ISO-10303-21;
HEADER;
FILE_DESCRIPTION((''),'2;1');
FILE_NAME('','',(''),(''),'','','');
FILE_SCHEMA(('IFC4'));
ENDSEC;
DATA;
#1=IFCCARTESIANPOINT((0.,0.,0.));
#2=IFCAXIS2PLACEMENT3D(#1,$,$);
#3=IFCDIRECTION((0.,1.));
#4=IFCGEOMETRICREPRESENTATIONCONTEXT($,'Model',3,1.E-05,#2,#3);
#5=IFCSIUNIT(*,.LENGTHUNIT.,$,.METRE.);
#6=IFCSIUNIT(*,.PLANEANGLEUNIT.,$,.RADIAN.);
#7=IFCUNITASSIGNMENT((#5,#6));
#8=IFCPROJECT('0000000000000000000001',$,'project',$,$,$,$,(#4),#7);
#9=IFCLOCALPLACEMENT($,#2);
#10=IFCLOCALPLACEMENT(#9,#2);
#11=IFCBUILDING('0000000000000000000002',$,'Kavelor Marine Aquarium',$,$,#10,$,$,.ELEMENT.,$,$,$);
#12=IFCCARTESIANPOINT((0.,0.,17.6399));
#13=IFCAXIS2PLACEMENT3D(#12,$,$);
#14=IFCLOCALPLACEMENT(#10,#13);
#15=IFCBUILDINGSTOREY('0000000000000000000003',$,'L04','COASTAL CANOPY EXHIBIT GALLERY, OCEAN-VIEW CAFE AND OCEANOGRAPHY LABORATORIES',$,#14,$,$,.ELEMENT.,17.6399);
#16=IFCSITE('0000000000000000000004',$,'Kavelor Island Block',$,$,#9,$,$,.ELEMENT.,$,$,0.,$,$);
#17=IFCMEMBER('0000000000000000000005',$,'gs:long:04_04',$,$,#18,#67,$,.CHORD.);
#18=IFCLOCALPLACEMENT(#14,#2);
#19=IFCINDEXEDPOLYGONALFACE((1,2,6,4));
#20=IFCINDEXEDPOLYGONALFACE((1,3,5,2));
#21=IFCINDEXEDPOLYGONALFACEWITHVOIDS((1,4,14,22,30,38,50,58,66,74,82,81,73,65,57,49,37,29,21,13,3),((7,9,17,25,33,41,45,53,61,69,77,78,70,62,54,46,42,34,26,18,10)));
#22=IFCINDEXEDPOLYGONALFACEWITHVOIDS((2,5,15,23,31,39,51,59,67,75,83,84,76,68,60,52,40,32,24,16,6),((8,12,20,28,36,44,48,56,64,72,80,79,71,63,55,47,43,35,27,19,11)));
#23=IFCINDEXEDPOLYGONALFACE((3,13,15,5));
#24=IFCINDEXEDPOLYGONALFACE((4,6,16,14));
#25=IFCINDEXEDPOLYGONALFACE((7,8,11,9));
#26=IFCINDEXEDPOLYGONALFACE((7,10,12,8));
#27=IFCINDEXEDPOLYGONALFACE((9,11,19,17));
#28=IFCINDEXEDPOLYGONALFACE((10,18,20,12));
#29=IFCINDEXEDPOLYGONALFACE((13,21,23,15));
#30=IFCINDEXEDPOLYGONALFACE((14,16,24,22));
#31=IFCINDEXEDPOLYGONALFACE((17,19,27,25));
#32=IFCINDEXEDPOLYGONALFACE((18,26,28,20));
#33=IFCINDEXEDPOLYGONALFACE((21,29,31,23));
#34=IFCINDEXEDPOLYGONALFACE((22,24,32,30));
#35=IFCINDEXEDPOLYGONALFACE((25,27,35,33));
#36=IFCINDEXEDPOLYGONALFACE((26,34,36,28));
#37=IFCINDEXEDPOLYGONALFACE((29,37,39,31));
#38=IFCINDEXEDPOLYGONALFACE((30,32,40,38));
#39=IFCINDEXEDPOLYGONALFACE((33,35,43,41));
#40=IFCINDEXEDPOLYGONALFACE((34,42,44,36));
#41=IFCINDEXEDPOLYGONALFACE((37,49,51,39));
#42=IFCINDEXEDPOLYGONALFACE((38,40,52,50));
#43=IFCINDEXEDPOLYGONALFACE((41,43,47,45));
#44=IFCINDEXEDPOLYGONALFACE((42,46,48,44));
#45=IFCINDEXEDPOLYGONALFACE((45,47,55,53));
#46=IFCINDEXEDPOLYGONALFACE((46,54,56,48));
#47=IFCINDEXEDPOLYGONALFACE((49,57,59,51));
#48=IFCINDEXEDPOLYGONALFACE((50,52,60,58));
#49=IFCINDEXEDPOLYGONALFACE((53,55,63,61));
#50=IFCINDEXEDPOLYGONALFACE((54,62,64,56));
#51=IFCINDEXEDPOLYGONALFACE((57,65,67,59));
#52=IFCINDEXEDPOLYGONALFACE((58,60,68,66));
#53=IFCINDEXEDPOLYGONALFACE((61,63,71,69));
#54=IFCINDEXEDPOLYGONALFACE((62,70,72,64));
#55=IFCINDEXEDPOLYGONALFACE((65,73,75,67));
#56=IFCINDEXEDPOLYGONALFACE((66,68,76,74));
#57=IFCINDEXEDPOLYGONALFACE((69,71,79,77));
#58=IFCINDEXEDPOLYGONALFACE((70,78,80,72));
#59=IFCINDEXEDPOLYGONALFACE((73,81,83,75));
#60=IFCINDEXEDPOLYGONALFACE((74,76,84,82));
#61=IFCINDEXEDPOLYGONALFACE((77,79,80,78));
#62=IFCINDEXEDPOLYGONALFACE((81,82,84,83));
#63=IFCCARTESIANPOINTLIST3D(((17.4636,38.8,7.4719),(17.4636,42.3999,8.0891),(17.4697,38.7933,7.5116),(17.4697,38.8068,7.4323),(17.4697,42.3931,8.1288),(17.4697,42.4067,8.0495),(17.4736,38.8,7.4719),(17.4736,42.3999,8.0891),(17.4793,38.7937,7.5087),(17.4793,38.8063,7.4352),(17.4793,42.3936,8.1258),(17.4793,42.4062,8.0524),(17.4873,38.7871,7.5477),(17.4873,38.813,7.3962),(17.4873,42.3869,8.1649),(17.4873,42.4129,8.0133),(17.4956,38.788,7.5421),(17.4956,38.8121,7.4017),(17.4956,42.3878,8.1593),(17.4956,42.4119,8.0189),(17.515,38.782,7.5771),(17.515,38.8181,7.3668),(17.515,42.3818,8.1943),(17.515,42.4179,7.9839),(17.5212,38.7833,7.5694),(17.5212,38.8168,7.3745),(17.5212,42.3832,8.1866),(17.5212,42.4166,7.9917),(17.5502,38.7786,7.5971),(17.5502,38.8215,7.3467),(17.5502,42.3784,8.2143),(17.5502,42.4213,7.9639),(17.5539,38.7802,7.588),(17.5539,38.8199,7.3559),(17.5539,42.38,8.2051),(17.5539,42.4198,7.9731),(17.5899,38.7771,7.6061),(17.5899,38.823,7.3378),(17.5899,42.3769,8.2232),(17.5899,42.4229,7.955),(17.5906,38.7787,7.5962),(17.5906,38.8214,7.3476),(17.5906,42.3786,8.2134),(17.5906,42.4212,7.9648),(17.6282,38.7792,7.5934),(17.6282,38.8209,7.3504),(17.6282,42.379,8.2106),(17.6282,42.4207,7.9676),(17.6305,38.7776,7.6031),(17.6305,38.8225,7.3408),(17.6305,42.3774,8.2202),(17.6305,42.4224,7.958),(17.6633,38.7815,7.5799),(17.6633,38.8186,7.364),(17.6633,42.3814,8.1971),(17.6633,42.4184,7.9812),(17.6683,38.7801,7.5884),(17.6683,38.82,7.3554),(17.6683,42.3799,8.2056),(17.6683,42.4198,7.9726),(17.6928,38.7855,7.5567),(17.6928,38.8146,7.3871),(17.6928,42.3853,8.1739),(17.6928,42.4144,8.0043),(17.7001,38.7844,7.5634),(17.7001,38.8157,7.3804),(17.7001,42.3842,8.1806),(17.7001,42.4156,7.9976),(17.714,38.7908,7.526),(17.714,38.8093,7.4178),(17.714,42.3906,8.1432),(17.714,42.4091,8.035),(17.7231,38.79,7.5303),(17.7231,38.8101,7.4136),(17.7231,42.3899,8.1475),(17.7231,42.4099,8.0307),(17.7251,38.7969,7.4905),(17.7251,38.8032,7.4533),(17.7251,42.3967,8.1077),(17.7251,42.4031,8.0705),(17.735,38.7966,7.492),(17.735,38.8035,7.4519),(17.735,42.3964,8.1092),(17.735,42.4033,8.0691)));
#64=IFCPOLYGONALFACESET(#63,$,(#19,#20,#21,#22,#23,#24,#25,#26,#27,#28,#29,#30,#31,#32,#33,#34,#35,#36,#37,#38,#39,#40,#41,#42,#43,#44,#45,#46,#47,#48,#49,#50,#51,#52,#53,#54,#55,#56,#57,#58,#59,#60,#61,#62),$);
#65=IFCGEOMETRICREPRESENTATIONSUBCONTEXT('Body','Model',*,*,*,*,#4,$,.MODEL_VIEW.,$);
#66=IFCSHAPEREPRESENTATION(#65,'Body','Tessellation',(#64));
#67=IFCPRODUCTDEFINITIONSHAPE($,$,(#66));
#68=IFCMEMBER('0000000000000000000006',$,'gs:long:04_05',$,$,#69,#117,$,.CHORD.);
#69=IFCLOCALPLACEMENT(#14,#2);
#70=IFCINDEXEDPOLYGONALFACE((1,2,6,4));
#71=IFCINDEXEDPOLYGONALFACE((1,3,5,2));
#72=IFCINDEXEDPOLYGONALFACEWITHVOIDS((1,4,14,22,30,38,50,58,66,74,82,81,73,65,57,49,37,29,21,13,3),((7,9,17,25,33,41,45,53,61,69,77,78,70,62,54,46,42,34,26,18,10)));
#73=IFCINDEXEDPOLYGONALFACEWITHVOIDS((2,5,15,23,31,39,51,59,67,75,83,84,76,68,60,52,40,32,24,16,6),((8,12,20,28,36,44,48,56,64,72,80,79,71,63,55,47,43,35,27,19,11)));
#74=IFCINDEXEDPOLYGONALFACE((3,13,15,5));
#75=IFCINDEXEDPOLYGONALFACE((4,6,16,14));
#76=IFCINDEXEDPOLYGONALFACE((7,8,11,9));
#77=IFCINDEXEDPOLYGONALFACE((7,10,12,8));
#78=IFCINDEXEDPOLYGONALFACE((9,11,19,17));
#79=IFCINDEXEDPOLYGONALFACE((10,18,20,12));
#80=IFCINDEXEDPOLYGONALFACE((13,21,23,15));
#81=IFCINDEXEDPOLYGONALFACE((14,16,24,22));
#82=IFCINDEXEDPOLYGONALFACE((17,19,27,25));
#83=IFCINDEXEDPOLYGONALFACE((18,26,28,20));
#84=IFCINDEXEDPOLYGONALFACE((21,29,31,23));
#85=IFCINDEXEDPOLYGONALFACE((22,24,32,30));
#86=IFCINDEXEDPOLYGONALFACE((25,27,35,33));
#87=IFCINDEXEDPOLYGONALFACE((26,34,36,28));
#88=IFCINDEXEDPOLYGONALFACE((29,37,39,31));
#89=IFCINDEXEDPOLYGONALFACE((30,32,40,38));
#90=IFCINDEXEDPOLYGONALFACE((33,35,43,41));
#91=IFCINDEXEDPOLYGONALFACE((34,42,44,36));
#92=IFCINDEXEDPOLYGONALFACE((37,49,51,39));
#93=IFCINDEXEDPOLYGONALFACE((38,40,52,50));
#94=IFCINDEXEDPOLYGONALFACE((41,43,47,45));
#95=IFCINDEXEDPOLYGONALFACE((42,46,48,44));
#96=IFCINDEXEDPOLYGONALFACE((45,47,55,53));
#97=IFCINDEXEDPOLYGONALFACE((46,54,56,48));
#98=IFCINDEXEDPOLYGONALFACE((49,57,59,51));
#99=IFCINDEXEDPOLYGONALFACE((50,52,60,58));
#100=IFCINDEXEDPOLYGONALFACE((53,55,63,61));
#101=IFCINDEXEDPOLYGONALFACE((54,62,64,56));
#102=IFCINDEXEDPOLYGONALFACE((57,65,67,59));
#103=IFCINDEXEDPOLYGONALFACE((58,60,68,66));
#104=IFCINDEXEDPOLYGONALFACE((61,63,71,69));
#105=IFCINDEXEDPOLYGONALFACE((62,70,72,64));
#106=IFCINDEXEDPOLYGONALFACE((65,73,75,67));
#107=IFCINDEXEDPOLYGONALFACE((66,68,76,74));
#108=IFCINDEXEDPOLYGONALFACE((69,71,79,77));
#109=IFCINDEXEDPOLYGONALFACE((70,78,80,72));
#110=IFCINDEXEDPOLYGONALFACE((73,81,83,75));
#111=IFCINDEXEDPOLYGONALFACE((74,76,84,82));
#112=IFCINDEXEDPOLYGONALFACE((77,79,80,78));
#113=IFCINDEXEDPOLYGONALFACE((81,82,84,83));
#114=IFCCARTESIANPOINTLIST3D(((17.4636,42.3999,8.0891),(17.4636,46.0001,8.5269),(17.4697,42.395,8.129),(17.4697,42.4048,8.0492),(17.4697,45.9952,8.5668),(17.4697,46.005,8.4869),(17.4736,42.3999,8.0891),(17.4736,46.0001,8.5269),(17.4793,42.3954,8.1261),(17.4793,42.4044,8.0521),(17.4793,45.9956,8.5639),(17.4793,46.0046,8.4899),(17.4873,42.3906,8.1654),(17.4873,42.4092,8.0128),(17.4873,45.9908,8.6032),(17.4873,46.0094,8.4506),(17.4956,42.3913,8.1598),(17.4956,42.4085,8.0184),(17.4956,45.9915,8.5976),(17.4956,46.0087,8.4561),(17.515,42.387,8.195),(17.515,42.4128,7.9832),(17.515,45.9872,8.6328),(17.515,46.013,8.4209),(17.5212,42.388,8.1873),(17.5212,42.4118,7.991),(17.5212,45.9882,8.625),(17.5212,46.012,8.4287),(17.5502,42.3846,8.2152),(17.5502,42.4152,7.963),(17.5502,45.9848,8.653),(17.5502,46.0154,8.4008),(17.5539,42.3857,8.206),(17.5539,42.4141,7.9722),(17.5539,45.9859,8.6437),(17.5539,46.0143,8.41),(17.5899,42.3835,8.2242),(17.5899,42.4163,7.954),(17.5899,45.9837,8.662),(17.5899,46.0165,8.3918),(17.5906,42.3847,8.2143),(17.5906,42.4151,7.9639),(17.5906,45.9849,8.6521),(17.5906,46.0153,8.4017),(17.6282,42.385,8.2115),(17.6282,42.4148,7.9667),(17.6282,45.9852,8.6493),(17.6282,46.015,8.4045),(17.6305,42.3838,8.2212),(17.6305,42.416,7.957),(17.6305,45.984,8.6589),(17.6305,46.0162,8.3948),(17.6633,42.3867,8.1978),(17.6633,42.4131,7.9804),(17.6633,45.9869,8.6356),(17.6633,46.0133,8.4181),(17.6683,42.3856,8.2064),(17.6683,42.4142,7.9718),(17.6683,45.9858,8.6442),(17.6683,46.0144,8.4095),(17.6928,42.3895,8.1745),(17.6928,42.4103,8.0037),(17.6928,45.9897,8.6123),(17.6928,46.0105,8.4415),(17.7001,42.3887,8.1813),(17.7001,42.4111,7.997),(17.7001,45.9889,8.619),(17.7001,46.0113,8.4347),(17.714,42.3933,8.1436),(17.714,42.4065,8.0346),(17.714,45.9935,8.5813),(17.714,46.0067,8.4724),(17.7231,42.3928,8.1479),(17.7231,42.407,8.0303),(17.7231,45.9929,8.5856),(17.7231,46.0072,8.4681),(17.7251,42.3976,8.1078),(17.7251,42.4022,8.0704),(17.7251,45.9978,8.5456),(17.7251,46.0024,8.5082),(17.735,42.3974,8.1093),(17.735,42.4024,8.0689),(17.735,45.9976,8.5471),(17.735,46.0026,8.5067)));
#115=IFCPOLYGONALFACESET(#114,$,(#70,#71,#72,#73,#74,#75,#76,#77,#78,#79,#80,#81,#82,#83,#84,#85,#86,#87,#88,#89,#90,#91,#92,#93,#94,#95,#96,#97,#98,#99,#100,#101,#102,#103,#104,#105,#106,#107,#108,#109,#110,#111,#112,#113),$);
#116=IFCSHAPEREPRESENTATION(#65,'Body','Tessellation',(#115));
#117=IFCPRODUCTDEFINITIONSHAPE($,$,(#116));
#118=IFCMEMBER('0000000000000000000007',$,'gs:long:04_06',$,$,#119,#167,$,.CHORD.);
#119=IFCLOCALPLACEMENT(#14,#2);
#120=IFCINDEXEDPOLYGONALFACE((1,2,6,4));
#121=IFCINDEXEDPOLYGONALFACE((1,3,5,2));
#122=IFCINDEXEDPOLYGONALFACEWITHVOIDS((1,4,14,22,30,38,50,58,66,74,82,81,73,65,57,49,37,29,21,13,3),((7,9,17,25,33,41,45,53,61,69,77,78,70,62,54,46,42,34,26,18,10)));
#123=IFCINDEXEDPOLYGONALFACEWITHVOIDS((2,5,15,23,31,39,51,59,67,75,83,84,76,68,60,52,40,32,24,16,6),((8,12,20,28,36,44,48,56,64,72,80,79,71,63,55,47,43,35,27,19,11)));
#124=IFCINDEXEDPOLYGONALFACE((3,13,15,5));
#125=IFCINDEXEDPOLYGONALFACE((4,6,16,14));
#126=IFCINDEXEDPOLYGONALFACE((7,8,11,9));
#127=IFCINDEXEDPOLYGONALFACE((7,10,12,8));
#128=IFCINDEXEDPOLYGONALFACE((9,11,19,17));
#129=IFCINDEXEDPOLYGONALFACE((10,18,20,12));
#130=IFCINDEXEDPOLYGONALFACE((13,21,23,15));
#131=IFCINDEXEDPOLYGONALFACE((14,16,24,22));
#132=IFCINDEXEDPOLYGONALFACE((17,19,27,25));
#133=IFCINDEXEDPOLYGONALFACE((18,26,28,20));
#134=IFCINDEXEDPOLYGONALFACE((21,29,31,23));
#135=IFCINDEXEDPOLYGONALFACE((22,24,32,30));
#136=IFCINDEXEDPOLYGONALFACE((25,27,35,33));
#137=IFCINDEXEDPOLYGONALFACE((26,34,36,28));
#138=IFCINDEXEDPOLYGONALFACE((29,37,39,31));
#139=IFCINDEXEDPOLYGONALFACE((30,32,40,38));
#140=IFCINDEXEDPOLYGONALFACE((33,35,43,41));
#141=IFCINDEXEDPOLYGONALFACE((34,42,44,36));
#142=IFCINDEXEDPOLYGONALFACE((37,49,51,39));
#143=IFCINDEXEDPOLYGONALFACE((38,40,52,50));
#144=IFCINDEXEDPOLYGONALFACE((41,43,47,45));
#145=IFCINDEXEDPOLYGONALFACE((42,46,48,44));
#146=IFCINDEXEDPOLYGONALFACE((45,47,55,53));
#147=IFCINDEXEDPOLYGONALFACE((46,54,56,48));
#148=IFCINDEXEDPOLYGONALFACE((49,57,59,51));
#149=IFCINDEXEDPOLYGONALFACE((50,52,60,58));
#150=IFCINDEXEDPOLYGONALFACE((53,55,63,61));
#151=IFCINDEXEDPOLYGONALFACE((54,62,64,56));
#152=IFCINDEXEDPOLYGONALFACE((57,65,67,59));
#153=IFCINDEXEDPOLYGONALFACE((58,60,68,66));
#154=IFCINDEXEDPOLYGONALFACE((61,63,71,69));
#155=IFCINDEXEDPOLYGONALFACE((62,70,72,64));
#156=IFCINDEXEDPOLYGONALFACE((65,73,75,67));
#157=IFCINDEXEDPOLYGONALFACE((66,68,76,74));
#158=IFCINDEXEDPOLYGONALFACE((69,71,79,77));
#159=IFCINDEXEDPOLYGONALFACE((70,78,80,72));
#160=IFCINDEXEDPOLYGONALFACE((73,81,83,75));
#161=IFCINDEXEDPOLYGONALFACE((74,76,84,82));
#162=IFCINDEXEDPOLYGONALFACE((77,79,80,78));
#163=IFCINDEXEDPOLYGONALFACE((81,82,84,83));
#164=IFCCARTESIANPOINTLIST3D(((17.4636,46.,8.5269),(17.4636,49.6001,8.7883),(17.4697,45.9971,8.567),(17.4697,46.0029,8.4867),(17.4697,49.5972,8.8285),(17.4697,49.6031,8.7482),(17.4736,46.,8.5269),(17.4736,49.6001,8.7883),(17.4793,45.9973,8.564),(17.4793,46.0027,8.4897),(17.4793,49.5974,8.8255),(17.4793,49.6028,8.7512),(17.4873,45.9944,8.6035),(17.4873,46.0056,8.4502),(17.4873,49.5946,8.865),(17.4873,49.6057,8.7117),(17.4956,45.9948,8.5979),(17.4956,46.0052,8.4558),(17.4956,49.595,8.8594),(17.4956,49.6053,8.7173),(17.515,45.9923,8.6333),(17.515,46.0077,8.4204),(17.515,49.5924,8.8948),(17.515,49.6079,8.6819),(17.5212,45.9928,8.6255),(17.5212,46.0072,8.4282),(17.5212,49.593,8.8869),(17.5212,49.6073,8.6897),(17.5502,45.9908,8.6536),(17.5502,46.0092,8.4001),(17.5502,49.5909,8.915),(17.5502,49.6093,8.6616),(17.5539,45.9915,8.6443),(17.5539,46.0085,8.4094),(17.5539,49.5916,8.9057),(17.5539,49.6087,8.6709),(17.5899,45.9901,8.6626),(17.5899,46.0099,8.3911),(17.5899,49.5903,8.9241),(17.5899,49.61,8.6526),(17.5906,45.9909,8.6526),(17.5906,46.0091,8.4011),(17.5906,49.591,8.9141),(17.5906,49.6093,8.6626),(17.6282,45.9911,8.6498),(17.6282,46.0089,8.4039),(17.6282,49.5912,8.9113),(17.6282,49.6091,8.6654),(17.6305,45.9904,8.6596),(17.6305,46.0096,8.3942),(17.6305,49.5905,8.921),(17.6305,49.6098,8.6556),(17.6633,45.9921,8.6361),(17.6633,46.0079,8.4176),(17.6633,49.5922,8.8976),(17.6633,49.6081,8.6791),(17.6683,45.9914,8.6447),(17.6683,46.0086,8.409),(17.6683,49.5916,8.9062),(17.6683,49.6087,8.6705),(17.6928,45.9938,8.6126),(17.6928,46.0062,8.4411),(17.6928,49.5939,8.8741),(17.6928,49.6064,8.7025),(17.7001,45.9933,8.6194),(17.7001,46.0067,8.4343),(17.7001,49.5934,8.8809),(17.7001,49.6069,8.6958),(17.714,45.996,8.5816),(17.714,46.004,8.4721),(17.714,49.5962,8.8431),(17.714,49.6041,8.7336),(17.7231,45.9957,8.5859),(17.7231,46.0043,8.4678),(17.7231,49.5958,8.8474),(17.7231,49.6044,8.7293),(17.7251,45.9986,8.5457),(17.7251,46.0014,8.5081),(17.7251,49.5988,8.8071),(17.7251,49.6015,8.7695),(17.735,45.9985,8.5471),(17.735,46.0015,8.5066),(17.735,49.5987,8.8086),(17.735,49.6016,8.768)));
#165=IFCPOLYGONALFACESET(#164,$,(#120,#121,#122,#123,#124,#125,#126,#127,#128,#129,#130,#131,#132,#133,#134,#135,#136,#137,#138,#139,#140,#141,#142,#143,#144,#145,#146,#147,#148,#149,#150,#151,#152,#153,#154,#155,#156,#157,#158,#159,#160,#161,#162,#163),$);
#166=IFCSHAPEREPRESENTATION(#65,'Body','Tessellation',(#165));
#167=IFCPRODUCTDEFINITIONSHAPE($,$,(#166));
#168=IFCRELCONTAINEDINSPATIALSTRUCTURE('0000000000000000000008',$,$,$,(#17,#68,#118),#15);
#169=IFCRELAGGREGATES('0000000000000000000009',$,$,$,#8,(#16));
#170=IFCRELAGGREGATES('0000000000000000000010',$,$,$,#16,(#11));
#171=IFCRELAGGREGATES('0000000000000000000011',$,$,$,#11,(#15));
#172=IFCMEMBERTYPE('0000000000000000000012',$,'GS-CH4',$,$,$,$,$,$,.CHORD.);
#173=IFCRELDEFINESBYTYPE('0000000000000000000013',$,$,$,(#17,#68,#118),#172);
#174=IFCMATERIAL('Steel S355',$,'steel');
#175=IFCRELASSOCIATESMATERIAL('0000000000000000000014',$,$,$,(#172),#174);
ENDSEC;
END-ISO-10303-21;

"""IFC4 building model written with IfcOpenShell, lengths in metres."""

from ifc_helpers import new_model, si_unit, direction, frame, origin, origin_2d, place, context, subcontext, project, spatial, hollow_circle, extrude, material, material_profile, profile_set, type_object, element, save


model = new_model("IFC4")

# Units and contexts
model_context = context("Model", 3, precision=1e-05, world=origin(), true_north=direction((0.0, 1.0)))
body_context = subcontext(model_context, "Body", "Model", "MODEL_VIEW")
ifc_project = project(units=[si_unit("LENGTHUNIT", "METRE"), si_unit("PLANEANGLEUNIT", "RADIAN")], contexts=[model_context])

# Site, building, storey
site_placement = place(None, origin())
site = spatial("IfcSite", under=ifc_project, at=site_placement, Name="Kavelor Island Block", CompositionType="ELEMENT", RefElevation=0.0)
building_placement = place(site_placement, origin())
building = spatial("IfcBuilding", under=site, at=building_placement, Name="Kavelor Marine Aquarium", CompositionType="ELEMENT")
storey_placement = place(building_placement, frame((0.0, 0.0, 17.6399)))
storey = spatial("IfcBuildingStorey", under=building, at=storey_placement, Name="L04", Description="COASTAL CANOPY EXHIBIT GALLERY, OCEAN-VIEW CAFE AND OCEANOGRAPHY LABORATORIES", CompositionType="ELEMENT", Elevation=17.6399)

# Members
ifc_material_1 = material(Name="Steel S355", Category="steel")
ifc_material_profile_1 = material_profile(ifc_material_1, hollow_circle(Radius=0.1365, WallThickness=0.01, at=origin_2d()), Name="CHS 273.0x10.0")
ifc_profile_set_1 = profile_set([ifc_material_profile_1], Name="Steel S355")
member_type_1 = type_object("IfcMemberType", Name="GS-CH4", PredefinedType="CHORD", material=ifc_profile_set_1)
member_1_placement = place(storey_placement, frame((17.6001, 38.8, 7.4719), z_axis=(0.0, 0.985619, 0.168982), x_axis=(-1.0, 0.0, 0.0)))
element("IfcMember", 1, at=member_1_placement, inside=storey, type_object=member_type_1, Name="gs:long:04_04", PredefinedType="CHORD", context=body_context, shape_type="SweptSolid", body=[
    extrude(hollow_circle(Radius=0.1365, WallThickness=0.01, at=origin_2d()), origin(), (0.0, 0.0, 1.0), 3.6523),
])
member_2_placement = place(storey_placement, frame((17.6001, 42.3999, 8.0891), z_axis=(0.0, 0.992689, 0.120703), x_axis=(-1.0, 0.0, 0.0)))
element("IfcMember", 2, at=member_2_placement, inside=storey, type_object=member_type_1, Name="gs:long:04_05", PredefinedType="CHORD", context=body_context, shape_type="SweptSolid", body=[
    extrude(hollow_circle(Radius=0.1365, WallThickness=0.01, at=origin_2d()), origin(), (0.0, 0.0, 1.0), 3.6267),
])
member_3_placement = place(storey_placement, frame((17.6001, 46.0, 8.5269), z_axis=(0.0, 0.997373, 0.072439), x_axis=(-1.0, 0.0, 0.0)))
element("IfcMember", 3, at=member_3_placement, inside=storey, type_object=member_type_1, Name="gs:long:04_06", PredefinedType="CHORD", context=body_context, shape_type="SweptSolid", body=[
    extrude(hollow_circle(Radius=0.1365, WallThickness=0.01, at=origin_2d()), origin(), (0.0, 0.0, 1.0), 3.6096),
])

save(model, "model.ifc")
